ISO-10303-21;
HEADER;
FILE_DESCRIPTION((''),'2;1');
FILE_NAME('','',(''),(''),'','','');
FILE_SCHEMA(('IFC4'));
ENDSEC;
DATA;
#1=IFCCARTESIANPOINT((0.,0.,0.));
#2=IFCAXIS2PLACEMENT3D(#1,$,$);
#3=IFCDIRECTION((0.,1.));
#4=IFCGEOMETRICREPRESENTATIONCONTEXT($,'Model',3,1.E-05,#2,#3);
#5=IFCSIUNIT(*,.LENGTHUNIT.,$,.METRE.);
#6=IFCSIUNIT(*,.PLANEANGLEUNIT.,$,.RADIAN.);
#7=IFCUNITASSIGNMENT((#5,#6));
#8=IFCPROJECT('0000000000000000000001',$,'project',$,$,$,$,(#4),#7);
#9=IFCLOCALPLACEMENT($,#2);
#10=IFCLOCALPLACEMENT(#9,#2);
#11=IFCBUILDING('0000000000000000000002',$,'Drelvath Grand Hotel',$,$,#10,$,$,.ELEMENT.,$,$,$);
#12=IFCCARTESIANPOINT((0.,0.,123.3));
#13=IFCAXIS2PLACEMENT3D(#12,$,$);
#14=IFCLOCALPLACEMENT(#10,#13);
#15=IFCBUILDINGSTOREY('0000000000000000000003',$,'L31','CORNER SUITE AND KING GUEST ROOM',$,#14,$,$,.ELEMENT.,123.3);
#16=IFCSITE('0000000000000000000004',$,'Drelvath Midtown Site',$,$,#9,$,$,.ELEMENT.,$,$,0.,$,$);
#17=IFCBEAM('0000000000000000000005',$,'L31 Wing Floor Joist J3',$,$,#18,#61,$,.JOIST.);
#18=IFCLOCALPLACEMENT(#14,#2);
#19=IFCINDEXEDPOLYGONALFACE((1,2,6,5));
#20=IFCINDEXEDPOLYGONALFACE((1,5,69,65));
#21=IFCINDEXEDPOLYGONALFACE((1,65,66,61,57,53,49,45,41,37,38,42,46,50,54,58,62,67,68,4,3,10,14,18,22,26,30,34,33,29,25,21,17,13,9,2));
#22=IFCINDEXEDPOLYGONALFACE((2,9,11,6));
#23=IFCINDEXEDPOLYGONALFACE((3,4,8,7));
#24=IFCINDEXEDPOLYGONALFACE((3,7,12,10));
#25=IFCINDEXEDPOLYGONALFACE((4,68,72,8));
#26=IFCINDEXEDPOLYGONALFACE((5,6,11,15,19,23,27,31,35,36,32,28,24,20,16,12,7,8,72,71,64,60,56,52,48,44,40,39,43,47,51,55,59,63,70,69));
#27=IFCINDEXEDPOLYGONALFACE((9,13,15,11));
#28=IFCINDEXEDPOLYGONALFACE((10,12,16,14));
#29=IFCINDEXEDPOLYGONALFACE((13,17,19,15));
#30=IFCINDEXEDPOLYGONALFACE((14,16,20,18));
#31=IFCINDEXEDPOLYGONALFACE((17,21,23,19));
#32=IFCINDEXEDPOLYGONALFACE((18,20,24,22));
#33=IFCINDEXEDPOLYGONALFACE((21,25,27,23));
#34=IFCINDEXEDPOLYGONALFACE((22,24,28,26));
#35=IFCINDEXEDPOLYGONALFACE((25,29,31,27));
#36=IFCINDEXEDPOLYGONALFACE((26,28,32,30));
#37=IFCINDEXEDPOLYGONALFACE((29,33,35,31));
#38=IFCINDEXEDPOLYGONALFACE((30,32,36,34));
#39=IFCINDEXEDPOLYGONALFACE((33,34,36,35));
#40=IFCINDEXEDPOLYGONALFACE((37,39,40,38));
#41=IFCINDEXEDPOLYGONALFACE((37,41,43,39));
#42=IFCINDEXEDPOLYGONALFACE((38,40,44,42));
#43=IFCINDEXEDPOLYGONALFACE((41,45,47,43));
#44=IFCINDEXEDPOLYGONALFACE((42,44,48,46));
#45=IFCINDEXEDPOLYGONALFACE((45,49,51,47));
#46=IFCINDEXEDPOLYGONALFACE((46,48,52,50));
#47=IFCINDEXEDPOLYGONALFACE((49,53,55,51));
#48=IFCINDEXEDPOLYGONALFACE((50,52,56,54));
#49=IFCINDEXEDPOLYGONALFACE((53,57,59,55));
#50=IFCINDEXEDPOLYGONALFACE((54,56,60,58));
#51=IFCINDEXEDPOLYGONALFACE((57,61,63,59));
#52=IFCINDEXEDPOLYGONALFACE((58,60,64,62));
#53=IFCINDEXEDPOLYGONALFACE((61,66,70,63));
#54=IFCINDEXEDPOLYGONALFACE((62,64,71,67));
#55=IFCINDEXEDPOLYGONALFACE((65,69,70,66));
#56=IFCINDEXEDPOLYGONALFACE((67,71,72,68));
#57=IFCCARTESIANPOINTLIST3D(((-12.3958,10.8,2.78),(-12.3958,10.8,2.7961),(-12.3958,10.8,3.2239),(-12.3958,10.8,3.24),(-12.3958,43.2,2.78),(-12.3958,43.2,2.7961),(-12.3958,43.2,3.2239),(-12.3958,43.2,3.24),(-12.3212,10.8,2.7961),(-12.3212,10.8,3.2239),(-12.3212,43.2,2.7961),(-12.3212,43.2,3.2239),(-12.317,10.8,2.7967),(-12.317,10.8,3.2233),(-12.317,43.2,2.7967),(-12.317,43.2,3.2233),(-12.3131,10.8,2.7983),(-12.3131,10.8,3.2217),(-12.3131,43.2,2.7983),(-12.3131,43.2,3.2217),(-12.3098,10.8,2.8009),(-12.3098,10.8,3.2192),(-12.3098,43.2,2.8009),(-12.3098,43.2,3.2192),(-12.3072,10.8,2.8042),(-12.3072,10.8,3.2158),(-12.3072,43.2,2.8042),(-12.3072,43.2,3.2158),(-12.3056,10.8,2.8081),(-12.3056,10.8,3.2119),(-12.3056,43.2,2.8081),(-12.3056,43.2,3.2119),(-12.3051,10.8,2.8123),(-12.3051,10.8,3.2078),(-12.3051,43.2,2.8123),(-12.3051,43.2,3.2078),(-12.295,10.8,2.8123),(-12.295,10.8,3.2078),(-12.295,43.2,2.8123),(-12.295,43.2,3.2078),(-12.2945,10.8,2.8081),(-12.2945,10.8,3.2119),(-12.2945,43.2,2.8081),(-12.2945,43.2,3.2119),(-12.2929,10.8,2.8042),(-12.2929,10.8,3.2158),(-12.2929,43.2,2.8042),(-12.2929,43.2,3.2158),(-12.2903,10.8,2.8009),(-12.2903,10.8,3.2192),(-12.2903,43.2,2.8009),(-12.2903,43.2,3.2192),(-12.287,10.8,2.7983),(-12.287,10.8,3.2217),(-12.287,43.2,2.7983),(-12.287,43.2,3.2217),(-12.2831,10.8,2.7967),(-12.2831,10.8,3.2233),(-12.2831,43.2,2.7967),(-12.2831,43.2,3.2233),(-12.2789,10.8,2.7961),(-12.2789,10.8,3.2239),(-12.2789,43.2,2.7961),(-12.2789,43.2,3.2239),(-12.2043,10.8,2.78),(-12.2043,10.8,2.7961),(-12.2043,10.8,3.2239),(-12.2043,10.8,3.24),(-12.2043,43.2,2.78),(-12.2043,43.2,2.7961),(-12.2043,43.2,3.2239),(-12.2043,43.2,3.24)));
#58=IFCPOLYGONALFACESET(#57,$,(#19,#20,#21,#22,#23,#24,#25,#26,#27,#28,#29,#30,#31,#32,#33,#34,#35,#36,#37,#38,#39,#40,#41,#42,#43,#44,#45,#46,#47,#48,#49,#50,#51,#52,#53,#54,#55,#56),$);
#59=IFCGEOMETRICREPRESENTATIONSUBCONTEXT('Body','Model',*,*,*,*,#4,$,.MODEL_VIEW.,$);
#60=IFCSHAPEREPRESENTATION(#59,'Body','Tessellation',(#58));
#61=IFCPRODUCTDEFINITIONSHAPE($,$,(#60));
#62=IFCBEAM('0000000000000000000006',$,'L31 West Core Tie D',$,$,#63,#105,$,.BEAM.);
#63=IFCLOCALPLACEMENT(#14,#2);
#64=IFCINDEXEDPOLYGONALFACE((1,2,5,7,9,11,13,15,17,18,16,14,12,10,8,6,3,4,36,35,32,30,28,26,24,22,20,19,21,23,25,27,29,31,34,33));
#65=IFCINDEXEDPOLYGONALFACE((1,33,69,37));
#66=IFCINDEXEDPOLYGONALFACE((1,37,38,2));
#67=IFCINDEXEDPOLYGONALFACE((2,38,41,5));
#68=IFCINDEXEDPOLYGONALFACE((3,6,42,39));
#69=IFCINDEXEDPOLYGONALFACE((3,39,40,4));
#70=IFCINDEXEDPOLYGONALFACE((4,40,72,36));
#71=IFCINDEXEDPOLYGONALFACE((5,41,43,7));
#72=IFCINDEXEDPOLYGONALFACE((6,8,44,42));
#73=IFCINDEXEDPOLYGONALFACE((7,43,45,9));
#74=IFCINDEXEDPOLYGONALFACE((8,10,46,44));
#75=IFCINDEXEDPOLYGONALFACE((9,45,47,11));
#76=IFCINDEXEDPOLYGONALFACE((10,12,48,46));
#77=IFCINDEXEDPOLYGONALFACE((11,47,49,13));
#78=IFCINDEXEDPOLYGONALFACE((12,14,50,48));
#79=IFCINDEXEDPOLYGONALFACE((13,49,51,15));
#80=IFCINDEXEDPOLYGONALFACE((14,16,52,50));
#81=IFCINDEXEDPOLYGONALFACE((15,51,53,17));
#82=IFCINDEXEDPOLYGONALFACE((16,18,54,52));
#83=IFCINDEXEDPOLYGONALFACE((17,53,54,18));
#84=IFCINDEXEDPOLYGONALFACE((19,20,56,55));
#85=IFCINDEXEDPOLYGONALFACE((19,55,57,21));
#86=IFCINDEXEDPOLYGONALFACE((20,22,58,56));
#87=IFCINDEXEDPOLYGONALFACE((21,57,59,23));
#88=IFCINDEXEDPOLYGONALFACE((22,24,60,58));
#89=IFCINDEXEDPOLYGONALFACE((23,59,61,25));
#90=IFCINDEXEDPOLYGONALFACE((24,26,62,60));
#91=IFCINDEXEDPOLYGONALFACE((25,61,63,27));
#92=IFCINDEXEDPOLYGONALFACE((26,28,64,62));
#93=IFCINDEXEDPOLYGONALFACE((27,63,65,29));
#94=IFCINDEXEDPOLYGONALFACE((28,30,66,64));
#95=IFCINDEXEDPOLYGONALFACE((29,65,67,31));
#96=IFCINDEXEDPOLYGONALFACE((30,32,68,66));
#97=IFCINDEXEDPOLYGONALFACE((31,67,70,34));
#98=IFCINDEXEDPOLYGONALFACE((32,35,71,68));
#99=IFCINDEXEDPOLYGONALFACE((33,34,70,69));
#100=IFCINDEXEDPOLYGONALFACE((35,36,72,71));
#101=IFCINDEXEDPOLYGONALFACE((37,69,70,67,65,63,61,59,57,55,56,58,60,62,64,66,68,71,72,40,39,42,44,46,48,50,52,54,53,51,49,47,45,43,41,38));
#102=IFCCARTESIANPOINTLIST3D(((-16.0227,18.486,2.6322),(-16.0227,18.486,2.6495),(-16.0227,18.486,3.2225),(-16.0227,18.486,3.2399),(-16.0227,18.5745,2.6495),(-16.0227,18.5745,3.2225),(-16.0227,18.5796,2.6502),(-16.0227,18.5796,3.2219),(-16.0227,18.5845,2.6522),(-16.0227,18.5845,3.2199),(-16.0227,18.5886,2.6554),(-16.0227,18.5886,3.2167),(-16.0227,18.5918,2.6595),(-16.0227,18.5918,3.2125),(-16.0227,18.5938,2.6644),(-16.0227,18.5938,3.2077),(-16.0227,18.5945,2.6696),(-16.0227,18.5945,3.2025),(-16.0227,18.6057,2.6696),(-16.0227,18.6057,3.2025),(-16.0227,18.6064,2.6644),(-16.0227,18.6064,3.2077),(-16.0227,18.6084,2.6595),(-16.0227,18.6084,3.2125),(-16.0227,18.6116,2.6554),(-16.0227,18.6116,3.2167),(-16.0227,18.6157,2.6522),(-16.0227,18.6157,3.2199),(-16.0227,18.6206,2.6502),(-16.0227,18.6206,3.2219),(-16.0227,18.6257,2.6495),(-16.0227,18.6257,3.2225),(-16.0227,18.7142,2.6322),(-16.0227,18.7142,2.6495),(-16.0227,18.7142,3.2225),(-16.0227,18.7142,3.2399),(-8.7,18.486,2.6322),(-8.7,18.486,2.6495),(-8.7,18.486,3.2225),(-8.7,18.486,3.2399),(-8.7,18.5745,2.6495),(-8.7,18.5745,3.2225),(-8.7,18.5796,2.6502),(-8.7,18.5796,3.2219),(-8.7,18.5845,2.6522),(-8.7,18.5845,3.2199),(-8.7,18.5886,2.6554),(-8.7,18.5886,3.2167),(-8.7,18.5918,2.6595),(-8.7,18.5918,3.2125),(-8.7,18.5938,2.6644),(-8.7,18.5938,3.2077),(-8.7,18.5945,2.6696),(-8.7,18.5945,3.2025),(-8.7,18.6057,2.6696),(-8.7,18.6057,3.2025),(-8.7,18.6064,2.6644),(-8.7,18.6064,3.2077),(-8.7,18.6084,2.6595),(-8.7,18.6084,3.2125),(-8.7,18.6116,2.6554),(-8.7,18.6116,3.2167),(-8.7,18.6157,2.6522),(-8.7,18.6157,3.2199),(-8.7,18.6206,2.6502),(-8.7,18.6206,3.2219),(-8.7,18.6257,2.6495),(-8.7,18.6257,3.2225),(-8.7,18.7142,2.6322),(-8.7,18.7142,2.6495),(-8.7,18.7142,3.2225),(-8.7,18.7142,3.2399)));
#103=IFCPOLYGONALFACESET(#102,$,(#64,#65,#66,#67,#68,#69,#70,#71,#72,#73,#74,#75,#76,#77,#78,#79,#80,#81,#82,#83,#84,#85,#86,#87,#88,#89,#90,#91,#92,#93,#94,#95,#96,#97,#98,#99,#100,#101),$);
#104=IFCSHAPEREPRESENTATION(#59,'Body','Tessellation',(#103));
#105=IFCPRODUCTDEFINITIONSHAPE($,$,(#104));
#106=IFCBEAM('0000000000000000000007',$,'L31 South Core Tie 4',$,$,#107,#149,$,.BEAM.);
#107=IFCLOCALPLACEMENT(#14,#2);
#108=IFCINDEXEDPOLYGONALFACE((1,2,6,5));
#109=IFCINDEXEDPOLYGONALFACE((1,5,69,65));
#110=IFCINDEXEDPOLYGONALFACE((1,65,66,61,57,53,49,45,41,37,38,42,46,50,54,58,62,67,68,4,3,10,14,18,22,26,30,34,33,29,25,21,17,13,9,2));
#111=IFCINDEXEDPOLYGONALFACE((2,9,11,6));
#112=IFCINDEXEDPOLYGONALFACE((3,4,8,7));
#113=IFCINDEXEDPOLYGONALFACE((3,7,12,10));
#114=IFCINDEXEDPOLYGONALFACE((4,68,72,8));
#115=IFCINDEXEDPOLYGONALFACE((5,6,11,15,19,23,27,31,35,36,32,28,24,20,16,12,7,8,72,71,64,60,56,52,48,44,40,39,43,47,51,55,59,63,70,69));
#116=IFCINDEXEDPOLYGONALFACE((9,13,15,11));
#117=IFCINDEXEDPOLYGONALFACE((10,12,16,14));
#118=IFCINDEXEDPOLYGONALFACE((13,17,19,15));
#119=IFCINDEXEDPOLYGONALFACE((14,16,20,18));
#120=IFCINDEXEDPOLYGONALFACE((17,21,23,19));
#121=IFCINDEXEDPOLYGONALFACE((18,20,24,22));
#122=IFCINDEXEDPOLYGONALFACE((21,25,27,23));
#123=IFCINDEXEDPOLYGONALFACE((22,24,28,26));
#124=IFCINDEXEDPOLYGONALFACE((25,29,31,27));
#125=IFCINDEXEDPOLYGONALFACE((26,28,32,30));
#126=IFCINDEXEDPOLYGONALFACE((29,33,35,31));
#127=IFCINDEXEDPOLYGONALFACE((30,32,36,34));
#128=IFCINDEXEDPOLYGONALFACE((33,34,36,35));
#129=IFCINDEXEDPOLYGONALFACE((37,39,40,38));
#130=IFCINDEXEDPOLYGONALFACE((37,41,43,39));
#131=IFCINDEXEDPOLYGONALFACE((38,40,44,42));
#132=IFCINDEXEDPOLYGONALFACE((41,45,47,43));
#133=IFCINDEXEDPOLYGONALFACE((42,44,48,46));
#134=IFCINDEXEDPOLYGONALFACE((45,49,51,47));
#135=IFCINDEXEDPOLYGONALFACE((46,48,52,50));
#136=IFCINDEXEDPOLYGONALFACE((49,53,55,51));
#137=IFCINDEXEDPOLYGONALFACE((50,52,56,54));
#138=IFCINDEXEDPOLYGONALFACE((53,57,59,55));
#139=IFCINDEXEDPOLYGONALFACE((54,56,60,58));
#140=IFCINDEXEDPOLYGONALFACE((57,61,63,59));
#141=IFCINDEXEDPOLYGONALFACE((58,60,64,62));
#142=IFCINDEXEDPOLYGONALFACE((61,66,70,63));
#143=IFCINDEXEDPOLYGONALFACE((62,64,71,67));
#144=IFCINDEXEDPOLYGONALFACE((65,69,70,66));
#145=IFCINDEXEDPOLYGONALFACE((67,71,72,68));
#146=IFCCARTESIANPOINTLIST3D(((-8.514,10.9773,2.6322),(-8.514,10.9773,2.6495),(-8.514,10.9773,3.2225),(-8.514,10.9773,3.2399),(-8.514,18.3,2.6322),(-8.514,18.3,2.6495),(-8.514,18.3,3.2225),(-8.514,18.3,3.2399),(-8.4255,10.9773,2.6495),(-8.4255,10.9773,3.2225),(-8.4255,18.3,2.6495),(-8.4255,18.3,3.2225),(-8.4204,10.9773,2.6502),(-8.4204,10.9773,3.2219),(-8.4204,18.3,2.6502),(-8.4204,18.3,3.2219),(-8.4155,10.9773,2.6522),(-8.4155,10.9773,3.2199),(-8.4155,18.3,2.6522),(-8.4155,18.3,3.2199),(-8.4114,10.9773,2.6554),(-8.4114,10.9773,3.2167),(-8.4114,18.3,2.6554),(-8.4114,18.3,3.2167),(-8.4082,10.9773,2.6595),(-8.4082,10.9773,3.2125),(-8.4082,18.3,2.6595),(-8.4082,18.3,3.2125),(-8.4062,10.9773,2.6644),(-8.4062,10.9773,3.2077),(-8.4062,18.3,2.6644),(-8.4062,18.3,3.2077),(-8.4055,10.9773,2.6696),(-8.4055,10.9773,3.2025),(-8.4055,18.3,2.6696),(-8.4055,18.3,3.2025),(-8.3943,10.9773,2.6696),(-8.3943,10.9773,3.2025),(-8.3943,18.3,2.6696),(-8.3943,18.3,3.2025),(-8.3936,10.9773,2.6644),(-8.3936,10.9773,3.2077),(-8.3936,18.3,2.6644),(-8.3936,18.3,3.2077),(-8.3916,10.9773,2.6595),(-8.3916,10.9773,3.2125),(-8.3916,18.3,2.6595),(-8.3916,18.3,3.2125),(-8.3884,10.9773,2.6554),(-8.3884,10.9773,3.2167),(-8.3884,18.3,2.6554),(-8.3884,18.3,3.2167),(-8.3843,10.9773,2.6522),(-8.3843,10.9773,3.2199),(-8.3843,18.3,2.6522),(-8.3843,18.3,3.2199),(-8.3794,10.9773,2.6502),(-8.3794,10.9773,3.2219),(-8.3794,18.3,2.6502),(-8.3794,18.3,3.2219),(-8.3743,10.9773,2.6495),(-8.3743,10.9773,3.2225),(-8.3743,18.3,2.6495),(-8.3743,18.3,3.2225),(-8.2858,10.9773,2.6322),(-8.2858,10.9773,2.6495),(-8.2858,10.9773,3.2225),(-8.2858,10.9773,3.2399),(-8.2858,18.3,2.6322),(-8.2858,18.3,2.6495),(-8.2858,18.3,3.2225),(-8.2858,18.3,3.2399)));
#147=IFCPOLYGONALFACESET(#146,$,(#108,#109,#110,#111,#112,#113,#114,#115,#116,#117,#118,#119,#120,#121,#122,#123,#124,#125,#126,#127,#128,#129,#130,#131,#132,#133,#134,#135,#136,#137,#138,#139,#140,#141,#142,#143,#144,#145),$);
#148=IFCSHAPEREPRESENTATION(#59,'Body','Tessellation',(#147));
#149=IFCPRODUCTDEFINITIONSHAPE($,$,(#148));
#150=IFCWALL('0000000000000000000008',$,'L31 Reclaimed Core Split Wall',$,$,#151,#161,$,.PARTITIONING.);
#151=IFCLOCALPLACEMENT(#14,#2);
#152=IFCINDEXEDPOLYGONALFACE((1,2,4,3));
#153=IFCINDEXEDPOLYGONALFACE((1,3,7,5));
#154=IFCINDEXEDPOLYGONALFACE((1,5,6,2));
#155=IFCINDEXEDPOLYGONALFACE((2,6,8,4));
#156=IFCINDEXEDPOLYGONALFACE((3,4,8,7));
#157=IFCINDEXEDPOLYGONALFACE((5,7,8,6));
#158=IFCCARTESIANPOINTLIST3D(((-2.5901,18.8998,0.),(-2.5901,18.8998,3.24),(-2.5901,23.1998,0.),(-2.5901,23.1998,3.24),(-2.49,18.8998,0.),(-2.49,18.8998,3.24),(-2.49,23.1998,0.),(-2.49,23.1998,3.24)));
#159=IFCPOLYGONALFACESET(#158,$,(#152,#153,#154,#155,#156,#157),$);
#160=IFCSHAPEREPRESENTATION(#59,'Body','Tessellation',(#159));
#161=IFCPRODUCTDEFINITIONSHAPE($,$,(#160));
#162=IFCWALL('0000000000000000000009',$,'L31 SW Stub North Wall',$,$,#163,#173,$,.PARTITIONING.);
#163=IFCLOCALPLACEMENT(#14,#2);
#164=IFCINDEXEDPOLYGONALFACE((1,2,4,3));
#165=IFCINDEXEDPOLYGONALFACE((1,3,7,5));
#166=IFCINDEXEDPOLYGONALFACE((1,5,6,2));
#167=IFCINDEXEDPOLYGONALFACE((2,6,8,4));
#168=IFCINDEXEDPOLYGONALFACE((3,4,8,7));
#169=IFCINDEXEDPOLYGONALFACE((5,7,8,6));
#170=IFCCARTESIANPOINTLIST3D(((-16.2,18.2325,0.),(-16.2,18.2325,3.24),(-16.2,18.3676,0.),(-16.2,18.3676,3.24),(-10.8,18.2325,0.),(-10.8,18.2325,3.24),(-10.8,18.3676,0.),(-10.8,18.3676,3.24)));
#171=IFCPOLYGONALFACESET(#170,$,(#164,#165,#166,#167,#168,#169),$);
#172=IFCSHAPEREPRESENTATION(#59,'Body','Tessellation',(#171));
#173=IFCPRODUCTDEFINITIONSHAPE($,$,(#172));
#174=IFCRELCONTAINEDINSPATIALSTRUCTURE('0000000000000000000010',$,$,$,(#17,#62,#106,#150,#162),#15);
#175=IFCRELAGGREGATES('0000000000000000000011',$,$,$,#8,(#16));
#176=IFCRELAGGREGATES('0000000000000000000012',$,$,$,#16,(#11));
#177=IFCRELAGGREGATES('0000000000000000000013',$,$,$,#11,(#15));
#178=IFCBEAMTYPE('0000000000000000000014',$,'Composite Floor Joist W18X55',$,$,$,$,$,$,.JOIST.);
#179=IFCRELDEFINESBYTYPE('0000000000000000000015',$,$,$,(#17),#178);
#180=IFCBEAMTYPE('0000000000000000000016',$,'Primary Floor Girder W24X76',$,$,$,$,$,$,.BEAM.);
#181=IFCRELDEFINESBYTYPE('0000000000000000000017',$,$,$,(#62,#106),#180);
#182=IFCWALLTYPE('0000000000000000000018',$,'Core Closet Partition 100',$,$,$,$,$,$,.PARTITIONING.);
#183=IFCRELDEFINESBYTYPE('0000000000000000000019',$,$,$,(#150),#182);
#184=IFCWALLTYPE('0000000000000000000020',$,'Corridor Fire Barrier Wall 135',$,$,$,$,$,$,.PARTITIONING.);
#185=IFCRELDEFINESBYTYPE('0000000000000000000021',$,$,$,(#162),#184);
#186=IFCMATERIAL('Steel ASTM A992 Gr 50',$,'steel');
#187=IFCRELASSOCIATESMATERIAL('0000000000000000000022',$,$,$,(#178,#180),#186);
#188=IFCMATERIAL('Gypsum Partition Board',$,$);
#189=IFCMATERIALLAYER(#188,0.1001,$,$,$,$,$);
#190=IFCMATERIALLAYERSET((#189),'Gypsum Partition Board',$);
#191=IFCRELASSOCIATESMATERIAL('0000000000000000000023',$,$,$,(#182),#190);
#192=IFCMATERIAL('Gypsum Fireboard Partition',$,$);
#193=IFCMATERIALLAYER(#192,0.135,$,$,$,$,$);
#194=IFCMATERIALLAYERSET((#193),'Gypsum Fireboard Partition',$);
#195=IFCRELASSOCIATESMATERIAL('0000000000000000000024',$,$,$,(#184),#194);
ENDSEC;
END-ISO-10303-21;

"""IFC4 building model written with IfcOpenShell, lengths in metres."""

from ifc_helpers import new_model, si_unit, direction, frame, frame_2d, origin, origin_2d, place, context, subcontext, project, spatial, rectangle, i_section, extrude, material, layer, layer_set, material_profile, profile_set, type_object, element, save


model = new_model("IFC4")

# Units and contexts
model_context = context("Model", 3, precision=1e-05, world=origin(), true_north=direction((0.0, 1.0)))
body_context = subcontext(model_context, "Body", "Model", "MODEL_VIEW")
ifc_project = project(units=[si_unit("LENGTHUNIT", "METRE"), si_unit("PLANEANGLEUNIT", "RADIAN")], contexts=[model_context])

# Site, building, storey
site_placement = place(None, origin())
site = spatial("IfcSite", under=ifc_project, at=site_placement, Name="Drelvath Midtown Site", CompositionType="ELEMENT", RefElevation=0.0)
building_placement = place(site_placement, origin())
building = spatial("IfcBuilding", under=site, at=building_placement, Name="Drelvath Grand Hotel", CompositionType="ELEMENT")
storey_placement = place(building_placement, frame((0.0, 0.0, 123.3)))
storey = spatial("IfcBuildingStorey", under=building, at=storey_placement, Name="L31", Description="CORNER SUITE AND KING GUEST ROOM", CompositionType="ELEMENT", Elevation=123.3)

# Beams
ifc_material_1 = material(Name="Steel ASTM A992 Gr 50", Category="steel")
ifc_material_profile_1 = material_profile(ifc_material_1, i_section(OverallWidth=0.1914, OverallDepth=0.46, WebThickness=0.01, FlangeThickness=0.0161, FilletRadius=0.0161, at=origin_2d()), Name="W18X55")
ifc_profile_set_1 = profile_set([ifc_material_profile_1], Name="Steel ASTM A992 Gr 50")
beam_type_1 = type_object("IfcBeamType", Name="Composite Floor Joist W18X55", PredefinedType="JOIST", material=ifc_profile_set_1)
beam_placement = place(storey_placement, frame((-12.3, 10.8, 3.01), z_axis=(0.0, 1.0, 0.0), x_axis=(-1.0, 0.0, 0.0)))
element("IfcBeam", 1, at=beam_placement, inside=storey, type_object=beam_type_1, Name="L31 Wing Floor Joist J3", PredefinedType="JOIST", context=body_context, shape_type="SweptSolid", body=[
    extrude(i_section(OverallWidth=0.1914, OverallDepth=0.46, WebThickness=0.01, FlangeThickness=0.0161, FilletRadius=0.0161, at=origin_2d()), origin(), (0.0, 0.0, 1.0), 32.3999),
])
ifc_material_profile_2 = material_profile(ifc_material_1, i_section(OverallWidth=0.2283, OverallDepth=0.6077, WebThickness=0.0112, FlangeThickness=0.0173, FilletRadius=0.02, at=origin_2d()), Name="W24X76")
ifc_profile_set_2 = profile_set([ifc_material_profile_2], Name="Steel ASTM A992 Gr 50")
beam_type_2 = type_object("IfcBeamType", Name="Primary Floor Girder W24X76", PredefinedType="BEAM", material=ifc_profile_set_2)
for number, where, z_axis, x_axis, name in (
    (2, (-16.0227, 18.6001, 2.936), (1.0, 0.0, 0.0), (0.0, 1.0, 0.0), "L31 West Core Tie D"),
    (3, (-8.3999, 10.9773, 2.936), (0.0, 1.0, 0.0), (-1.0, 0.0, 0.0), "L31 South Core Tie 4"),
):
    element("IfcBeam", number, at=place(storey_placement, frame(where, z_axis=z_axis, x_axis=x_axis)), inside=storey, type_object=beam_type_2, Name=name, PredefinedType="BEAM", context=body_context, shape_type="SweptSolid", body=[
        extrude(i_section(OverallWidth=0.2283, OverallDepth=0.6077, WebThickness=0.0112, FlangeThickness=0.0173, FilletRadius=0.02, at=origin_2d()), origin(), (0.0, 0.0, 1.0), 7.3228),
    ])

# Walls
ifc_material_2 = material(Name="Gypsum Partition Board")
ifc_layer_1 = layer(ifc_material_2, 0.1001)
ifc_layer_set_1 = layer_set([ifc_layer_1], Name="Gypsum Partition Board")
wall_type_1 = type_object("IfcWallType", Name="Core Closet Partition 100", PredefinedType="PARTITIONING", material=ifc_layer_set_1)
wall_1_placement = place(storey_placement, frame((-2.54, 18.8999, 0.0), z_axis=(0.0, 0.0, 1.0), x_axis=(0.0, 1.0, 0.0)))
element("IfcWall", 4, at=wall_1_placement, inside=storey, type_object=wall_type_1, Name="L31 Reclaimed Core Split Wall", PredefinedType="PARTITIONING", context=body_context, shape_type="SweptSolid", body=[
    extrude(rectangle(XDim=4.3, YDim=0.1001, at=frame_2d((2.1499, 0.0))), origin(), (0.0, 0.0, 1.0), 3.24),
])
ifc_material_3 = material(Name="Gypsum Fireboard Partition")
ifc_layer_2 = layer(ifc_material_3, 0.135)
ifc_layer_set_2 = layer_set([ifc_layer_2], Name="Gypsum Fireboard Partition")
wall_type_2 = type_object("IfcWallType", Name="Corridor Fire Barrier Wall 135", PredefinedType="PARTITIONING", material=ifc_layer_set_2)
wall_2_placement = place(storey_placement, frame((-16.2, 18.3, 0.0), z_axis=(0.0, 0.0, 1.0), x_axis=(1.0, 0.0, 0.0)))
element("IfcWall", 5, at=wall_2_placement, inside=storey, type_object=wall_type_2, Name="L31 SW Stub North Wall", PredefinedType="PARTITIONING", context=body_context, shape_type="SweptSolid", body=[
    extrude(rectangle(XDim=5.3999, YDim=0.135, at=frame_2d((2.7, 0.0))), origin(), (0.0, 0.0, 1.0), 3.24),
])

save(model, "model.ifc")
